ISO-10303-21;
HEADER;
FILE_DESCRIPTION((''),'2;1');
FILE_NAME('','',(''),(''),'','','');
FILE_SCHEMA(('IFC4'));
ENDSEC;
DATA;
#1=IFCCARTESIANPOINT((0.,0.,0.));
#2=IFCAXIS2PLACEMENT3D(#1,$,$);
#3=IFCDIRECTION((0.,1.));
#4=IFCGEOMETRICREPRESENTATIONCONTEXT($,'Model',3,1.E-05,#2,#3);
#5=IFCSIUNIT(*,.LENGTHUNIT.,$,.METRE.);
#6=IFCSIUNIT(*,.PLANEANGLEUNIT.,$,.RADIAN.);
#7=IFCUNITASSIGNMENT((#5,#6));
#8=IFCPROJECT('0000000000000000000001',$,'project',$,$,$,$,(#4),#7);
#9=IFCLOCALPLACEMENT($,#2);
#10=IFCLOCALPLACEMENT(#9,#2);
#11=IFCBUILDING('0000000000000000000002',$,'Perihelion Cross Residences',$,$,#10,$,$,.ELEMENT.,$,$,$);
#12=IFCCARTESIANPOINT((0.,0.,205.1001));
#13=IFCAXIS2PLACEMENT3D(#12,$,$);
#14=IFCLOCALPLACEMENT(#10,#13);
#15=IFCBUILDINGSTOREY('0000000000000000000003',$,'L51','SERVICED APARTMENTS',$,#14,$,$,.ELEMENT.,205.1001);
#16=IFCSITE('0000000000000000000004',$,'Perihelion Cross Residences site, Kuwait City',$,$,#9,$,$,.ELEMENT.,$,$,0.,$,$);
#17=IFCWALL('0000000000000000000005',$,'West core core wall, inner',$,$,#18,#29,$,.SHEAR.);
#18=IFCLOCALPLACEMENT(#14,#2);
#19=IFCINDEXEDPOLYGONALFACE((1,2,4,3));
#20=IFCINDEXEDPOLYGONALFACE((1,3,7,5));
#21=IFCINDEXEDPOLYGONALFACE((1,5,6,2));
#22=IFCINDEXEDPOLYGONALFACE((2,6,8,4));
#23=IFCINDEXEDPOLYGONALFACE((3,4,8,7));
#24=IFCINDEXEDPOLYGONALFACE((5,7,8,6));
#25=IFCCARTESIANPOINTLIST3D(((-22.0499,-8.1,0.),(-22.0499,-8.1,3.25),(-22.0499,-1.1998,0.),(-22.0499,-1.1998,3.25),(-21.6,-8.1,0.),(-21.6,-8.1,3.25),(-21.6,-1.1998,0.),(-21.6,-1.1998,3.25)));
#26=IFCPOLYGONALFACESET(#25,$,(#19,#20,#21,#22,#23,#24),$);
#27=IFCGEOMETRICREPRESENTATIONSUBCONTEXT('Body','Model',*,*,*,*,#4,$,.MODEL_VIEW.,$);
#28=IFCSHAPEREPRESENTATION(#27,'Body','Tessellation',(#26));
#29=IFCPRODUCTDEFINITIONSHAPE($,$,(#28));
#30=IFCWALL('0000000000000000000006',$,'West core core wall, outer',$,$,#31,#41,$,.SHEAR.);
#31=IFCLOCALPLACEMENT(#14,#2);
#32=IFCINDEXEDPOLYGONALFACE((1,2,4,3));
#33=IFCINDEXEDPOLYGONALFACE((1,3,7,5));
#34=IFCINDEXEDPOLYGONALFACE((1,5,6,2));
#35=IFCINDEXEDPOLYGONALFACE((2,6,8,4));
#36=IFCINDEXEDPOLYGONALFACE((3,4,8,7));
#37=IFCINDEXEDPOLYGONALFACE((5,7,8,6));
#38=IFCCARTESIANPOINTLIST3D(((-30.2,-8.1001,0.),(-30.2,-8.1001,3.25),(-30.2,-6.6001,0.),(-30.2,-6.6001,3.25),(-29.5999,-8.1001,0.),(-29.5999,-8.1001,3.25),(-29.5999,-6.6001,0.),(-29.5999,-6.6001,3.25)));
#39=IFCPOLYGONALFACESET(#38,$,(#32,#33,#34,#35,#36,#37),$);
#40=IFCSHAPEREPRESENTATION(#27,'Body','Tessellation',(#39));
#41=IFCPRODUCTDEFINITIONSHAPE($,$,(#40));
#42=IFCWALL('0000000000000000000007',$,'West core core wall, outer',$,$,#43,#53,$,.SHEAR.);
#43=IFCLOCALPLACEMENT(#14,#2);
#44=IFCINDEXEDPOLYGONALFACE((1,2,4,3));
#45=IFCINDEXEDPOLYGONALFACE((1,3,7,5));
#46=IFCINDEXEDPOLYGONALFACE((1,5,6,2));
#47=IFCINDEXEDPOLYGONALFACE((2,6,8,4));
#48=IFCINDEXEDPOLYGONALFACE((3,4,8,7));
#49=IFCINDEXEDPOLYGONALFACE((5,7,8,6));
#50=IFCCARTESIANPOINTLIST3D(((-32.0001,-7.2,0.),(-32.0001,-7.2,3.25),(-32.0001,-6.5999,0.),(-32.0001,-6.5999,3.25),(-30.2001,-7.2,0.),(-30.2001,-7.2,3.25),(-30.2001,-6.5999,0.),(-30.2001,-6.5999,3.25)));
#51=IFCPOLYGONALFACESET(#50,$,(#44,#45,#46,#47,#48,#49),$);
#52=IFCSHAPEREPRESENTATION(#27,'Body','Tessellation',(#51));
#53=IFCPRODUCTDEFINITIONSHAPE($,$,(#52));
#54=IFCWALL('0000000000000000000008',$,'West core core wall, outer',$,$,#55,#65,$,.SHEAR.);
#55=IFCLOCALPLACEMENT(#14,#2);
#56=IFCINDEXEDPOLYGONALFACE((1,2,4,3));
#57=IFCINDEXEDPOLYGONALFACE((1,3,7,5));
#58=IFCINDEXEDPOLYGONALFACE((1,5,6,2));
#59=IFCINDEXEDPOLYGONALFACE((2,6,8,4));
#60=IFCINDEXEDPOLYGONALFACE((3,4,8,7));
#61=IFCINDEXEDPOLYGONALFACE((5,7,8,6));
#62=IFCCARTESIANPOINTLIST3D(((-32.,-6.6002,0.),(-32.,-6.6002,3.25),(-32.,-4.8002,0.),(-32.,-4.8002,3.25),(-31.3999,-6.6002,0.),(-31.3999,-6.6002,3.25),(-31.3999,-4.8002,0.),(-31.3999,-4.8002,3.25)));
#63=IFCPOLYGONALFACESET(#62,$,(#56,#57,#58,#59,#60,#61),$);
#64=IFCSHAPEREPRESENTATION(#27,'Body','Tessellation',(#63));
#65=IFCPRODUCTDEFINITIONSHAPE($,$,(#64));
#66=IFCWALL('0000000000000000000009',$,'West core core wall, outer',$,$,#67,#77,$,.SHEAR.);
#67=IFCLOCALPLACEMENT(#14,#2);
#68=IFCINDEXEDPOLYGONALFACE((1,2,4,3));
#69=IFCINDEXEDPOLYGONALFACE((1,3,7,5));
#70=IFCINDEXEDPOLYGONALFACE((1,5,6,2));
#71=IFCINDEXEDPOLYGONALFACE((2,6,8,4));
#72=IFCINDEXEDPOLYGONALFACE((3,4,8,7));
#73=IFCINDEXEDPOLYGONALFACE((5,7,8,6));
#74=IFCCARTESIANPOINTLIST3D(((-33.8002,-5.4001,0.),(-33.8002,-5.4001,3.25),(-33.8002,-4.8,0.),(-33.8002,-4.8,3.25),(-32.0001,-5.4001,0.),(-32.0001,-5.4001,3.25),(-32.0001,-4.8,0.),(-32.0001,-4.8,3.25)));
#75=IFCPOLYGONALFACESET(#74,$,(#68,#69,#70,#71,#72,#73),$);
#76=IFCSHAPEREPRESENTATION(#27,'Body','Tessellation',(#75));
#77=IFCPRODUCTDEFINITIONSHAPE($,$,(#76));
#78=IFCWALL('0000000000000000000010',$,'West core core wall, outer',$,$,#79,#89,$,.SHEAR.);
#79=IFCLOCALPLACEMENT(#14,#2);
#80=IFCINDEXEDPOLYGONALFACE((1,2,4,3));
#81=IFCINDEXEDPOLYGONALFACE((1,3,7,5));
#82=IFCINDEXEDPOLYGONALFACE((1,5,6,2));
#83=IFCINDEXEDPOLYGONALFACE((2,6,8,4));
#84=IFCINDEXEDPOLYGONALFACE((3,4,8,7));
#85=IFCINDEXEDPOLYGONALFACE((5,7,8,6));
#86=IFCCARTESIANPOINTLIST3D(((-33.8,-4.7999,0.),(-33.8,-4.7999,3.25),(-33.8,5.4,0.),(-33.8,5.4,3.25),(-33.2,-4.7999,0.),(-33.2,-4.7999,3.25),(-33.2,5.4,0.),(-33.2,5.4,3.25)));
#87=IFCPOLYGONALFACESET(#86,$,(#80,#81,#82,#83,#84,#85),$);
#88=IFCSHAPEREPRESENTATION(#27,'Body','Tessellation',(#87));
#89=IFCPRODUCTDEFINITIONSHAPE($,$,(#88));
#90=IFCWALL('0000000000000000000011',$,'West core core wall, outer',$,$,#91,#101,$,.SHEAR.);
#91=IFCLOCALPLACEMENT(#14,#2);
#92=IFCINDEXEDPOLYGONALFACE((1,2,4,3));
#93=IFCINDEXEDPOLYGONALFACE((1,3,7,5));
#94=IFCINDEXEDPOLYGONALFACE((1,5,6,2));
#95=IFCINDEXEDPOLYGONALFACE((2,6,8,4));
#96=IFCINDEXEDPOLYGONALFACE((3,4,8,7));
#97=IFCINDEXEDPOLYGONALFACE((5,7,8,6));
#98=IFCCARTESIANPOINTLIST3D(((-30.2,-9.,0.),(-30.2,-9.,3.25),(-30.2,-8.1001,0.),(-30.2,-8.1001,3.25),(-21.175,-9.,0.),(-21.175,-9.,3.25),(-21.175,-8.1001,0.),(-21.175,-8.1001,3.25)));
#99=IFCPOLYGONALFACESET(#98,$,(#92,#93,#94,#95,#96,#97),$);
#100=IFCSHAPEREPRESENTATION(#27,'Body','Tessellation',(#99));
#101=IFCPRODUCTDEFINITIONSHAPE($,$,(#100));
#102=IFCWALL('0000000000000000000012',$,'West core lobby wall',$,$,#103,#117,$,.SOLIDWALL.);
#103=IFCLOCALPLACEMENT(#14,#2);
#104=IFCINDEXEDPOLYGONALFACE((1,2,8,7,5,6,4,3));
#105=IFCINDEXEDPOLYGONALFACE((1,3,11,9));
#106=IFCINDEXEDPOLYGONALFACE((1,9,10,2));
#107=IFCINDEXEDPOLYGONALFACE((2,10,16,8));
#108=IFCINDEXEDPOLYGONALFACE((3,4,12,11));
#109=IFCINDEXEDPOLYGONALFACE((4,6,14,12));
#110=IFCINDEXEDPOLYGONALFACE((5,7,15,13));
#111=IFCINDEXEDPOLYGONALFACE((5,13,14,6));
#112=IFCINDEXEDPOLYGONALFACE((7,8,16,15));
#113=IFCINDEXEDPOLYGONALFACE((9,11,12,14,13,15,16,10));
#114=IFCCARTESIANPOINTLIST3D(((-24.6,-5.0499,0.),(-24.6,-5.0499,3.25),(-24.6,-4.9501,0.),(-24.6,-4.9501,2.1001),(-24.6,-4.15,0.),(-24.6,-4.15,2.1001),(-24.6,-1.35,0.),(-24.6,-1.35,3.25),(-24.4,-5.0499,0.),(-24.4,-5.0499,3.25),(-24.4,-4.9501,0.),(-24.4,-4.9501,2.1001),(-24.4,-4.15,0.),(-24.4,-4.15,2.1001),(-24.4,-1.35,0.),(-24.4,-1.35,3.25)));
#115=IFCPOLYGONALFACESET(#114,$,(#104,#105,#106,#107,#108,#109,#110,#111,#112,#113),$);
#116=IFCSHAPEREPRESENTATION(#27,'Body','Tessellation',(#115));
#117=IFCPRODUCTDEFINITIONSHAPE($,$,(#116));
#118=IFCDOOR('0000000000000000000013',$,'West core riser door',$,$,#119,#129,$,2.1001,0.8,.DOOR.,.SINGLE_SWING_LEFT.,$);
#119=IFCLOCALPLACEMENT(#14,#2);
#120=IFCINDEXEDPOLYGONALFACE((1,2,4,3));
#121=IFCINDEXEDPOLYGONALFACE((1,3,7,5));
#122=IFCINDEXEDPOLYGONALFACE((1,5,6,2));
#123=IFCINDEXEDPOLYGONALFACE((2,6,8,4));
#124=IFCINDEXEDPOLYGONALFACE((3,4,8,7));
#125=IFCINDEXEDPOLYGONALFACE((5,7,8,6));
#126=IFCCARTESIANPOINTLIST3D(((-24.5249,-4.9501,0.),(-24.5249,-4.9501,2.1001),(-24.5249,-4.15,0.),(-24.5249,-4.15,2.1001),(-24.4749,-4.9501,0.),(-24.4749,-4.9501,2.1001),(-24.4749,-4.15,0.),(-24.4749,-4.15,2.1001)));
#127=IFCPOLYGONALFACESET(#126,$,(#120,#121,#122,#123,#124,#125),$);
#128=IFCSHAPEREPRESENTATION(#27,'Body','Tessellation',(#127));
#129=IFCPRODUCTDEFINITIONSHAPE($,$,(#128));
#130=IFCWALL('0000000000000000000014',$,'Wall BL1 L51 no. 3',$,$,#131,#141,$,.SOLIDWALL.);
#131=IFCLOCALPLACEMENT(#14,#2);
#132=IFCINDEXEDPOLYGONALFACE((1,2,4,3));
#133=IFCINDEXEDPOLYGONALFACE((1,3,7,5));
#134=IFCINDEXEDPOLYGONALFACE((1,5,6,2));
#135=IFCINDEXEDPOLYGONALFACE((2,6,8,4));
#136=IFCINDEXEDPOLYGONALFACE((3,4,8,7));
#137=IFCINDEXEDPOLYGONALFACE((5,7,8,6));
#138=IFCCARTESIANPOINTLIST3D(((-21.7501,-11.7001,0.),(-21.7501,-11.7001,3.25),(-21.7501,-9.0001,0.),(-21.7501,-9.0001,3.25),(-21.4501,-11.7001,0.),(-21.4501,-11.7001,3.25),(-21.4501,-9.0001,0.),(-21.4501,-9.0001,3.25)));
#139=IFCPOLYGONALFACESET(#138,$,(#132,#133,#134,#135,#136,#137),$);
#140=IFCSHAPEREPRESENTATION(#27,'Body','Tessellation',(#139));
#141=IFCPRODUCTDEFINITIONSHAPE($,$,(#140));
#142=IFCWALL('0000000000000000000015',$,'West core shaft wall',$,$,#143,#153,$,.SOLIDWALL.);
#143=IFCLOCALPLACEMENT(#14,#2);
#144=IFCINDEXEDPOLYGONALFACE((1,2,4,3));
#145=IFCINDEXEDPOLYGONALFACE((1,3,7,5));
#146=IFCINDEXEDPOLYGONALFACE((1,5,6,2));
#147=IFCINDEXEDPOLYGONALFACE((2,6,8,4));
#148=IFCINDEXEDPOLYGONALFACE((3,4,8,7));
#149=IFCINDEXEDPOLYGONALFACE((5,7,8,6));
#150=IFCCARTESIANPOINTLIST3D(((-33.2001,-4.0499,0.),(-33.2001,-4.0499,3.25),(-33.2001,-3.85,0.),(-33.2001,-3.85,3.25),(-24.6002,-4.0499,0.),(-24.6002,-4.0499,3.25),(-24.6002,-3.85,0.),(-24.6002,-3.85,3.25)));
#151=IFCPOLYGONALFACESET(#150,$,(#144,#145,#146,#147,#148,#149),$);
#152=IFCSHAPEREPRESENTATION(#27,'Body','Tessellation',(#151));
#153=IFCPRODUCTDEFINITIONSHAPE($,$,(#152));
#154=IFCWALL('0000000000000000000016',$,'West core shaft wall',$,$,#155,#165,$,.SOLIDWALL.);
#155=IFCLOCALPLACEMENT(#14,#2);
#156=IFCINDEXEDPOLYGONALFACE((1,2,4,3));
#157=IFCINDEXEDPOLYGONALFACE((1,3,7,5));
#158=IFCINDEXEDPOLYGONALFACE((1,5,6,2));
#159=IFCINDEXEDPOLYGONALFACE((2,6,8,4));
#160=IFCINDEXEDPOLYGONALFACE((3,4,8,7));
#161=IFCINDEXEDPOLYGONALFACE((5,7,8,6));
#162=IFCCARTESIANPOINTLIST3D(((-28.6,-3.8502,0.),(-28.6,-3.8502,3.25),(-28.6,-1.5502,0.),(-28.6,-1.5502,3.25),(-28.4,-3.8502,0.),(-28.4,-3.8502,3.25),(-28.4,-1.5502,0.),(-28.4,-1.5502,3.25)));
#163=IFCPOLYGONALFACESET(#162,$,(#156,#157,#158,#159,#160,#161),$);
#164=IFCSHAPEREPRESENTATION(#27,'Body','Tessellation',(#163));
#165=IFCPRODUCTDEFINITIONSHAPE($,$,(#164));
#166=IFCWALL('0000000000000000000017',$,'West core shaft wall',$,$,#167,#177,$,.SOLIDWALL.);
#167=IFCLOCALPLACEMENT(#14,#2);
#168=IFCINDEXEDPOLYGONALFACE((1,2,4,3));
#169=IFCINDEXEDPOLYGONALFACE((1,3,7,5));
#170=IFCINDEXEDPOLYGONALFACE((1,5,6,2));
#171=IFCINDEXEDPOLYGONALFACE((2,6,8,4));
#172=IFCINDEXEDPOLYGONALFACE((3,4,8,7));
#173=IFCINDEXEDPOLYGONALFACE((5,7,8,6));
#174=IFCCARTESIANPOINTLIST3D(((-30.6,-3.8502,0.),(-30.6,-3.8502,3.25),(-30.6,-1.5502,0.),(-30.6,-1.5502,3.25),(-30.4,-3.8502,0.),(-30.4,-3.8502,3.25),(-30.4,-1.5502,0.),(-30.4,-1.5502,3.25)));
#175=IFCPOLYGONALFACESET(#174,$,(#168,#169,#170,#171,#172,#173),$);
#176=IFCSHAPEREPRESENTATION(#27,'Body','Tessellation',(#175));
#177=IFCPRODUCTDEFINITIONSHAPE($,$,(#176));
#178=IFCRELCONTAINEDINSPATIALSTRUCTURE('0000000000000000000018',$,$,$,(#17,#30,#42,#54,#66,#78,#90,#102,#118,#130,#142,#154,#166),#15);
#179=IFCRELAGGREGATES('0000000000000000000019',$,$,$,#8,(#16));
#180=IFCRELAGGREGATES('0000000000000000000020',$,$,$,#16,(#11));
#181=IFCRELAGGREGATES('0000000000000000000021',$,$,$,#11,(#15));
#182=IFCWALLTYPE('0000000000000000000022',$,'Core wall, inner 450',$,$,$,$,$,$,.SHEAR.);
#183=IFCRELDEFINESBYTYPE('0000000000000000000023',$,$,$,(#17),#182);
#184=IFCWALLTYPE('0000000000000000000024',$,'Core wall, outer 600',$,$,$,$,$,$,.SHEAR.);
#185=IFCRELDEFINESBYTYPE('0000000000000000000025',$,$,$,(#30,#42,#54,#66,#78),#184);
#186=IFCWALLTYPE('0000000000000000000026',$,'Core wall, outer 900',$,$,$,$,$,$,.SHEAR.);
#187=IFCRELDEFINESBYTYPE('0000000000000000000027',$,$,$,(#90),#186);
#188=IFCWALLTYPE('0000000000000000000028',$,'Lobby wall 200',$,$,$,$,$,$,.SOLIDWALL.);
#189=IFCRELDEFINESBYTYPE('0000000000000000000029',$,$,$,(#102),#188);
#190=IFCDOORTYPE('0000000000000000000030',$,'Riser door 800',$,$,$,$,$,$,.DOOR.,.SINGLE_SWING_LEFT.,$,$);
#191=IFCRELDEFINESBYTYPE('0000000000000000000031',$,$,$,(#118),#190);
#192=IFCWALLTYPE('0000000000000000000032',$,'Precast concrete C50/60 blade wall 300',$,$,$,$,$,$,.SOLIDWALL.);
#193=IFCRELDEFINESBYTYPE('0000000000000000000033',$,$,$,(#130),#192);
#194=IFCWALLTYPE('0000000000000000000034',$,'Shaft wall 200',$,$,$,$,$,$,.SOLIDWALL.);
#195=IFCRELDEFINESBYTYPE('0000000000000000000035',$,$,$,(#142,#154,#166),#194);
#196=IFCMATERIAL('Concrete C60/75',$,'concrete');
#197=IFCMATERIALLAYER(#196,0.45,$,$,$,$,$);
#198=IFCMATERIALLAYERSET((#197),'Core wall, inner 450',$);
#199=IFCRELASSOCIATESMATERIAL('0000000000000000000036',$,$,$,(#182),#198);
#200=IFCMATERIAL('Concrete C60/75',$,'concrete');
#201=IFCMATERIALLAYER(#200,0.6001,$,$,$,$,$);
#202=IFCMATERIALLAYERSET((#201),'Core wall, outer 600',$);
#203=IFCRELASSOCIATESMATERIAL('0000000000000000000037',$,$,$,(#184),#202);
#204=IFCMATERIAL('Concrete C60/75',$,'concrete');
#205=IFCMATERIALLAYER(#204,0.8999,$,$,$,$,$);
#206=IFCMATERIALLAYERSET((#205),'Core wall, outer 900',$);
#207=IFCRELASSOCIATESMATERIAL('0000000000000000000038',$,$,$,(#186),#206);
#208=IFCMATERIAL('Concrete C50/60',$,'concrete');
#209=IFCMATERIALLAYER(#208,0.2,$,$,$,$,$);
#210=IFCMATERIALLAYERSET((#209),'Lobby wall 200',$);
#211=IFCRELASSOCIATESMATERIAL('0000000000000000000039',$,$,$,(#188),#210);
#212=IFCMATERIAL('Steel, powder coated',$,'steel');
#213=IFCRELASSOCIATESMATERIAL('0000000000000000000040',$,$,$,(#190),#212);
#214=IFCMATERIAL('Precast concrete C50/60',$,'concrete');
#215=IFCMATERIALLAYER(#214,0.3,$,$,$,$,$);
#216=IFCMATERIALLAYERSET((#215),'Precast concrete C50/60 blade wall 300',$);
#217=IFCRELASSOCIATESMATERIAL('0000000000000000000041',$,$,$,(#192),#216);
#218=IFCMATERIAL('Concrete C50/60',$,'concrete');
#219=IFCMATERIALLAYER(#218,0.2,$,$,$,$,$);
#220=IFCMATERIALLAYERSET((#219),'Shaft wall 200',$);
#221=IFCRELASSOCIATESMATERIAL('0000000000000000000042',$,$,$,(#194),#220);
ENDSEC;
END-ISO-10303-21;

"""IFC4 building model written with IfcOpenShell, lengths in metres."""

from ifc_helpers import new_model, si_unit, direction, frame, frame_2d, origin, place, context, subcontext, project, spatial, rectangle, extrude, material, layer, layer_set, type_object, element, fill, save


model = new_model("IFC4")

# Units and contexts
model_context = context("Model", 3, precision=1e-05, world=origin(), true_north=direction((0.0, 1.0)))
body_context = subcontext(model_context, "Body", "Model", "MODEL_VIEW")
ifc_project = project(units=[si_unit("LENGTHUNIT", "METRE"), si_unit("PLANEANGLEUNIT", "RADIAN")], contexts=[model_context])

# Site, building, storey
site_placement = place(None, origin())
site = spatial("IfcSite", under=ifc_project, at=site_placement, Name="Perihelion Cross Residences site, Kuwait City", CompositionType="ELEMENT", RefElevation=0.0)
building_placement = place(site_placement, origin())
building = spatial("IfcBuilding", under=site, at=building_placement, Name="Perihelion Cross Residences", CompositionType="ELEMENT")
storey_placement = place(building_placement, frame((0.0, 0.0, 205.1001)))
storey = spatial("IfcBuildingStorey", under=building, at=storey_placement, Name="L51", Description="SERVICED APARTMENTS", CompositionType="ELEMENT", Elevation=205.1001)

# Walls
ifc_material_1 = material(Name="Concrete C60/75", Category="concrete")
ifc_layer_1 = layer(ifc_material_1, 0.45)
ifc_layer_set_1 = layer_set([ifc_layer_1], Name="Core wall, inner 450")
wall_type_1 = type_object("IfcWallType", Name="Core wall, inner 450", PredefinedType="SHEAR", material=ifc_layer_set_1)
wall_1_placement = place(storey_placement, frame((-21.825, -8.1001, 0.0), z_axis=(0.0, 0.0, 1.0), x_axis=(0.0, 1.0, 0.0)))
element("IfcWall", 1, at=wall_1_placement, inside=storey, type_object=wall_type_1, Name="West core core wall, inner", PredefinedType="SHEAR", context=body_context, shape_type="SweptSolid", body=[
    extrude(rectangle(XDim=6.9001, YDim=0.45, at=frame_2d((3.4502, 0.0))), origin(), (0.0, 0.0, 1.0), 3.25),
])
ifc_material_2 = material(Name="Concrete C60/75", Category="concrete")
ifc_layer_2 = layer(ifc_material_2, 0.6001)
ifc_layer_set_2 = layer_set([ifc_layer_2], Name="Core wall, outer 600")
wall_type_2 = type_object("IfcWallType", Name="Core wall, outer 600", PredefinedType="SHEAR", material=ifc_layer_set_2)
wall_2_placement = place(storey_placement, frame((-29.8999, -8.1001, 0.0), z_axis=(0.0, 0.0, 1.0), x_axis=(0.0, 1.0, 0.0)))
element("IfcWall", 2, at=wall_2_placement, inside=storey, type_object=wall_type_2, Name="West core core wall, outer", PredefinedType="SHEAR", context=body_context, shape_type="SweptSolid", body=[
    extrude(rectangle(XDim=1.5, YDim=0.6001, at=frame_2d((0.75, 0.0))), origin(), (0.0, 0.0, 1.0), 3.25),
])
for number, where, z_axis, x_axis, name in (
    (3, (-32.0, -6.8999, 0.0), (0.0, 0.0, 1.0), (1.0, 0.0, 0.0), "West core core wall, outer"),
    (4, (-31.7, -6.6001, 0.0), (0.0, 0.0, 1.0), (0.0, 1.0, 0.0), "West core core wall, outer"),
    (5, (-33.8, -5.1001, 0.0), (0.0, 0.0, 1.0), (1.0, 0.0, 0.0), "West core core wall, outer"),
):
    element("IfcWall", number, at=place(storey_placement, frame(where, z_axis=z_axis, x_axis=x_axis)), inside=storey, type_object=wall_type_2, Name=name, PredefinedType="SHEAR", context=body_context, shape_type="SweptSolid", body=[
        extrude(rectangle(XDim=1.8, YDim=0.6001, at=frame_2d((0.8999, 0.0))), origin(), (0.0, 0.0, 1.0), 3.25),
    ])
wall_3_placement = place(storey_placement, frame((-33.5, -4.8, 0.0), z_axis=(0.0, 0.0, 1.0), x_axis=(0.0, 1.0, 0.0)))
element("IfcWall", 6, at=wall_3_placement, inside=storey, type_object=wall_type_2, Name="West core core wall, outer", PredefinedType="SHEAR", context=body_context, shape_type="SweptSolid", body=[
    extrude(rectangle(XDim=10.2, YDim=0.6001, at=frame_2d((5.1001, 0.0))), origin(), (0.0, 0.0, 1.0), 3.25),
])
ifc_material_3 = material(Name="Concrete C60/75", Category="concrete")
ifc_layer_3 = layer(ifc_material_3, 0.8999)
ifc_layer_set_3 = layer_set([ifc_layer_3], Name="Core wall, outer 900")
wall_type_3 = type_object("IfcWallType", Name="Core wall, outer 900", PredefinedType="SHEAR", material=ifc_layer_set_3)
wall_4_placement = place(storey_placement, frame((-30.2, -8.55, 0.0), z_axis=(0.0, 0.0, 1.0), x_axis=(1.0, 0.0, 0.0)))
element("IfcWall", 7, at=wall_4_placement, inside=storey, type_object=wall_type_3, Name="West core core wall, outer", PredefinedType="SHEAR", context=body_context, shape_type="SweptSolid", body=[
    extrude(rectangle(XDim=9.0249, YDim=0.8999, at=frame_2d((4.5125, 0.0))), origin(), (0.0, 0.0, 1.0), 3.25),
])

# Wall, opening, door
ifc_material_4 = material(Name="Concrete C50/60", Category="concrete")
ifc_layer_4 = layer(ifc_material_4, 0.2)
ifc_layer_set_4 = layer_set([ifc_layer_4], Name="Lobby wall 200")
wall_type_4 = type_object("IfcWallType", Name="Lobby wall 200", PredefinedType="SOLIDWALL", material=ifc_layer_set_4)
wall_5_placement = place(storey_placement, frame((-24.5, -5.05, 0.0), z_axis=(0.0, 0.0, 1.0), x_axis=(0.0, 1.0, 0.0)))
wall_5 = element("IfcWall", 8, at=wall_5_placement, inside=storey, type_object=wall_type_4, Name="West core lobby wall", PredefinedType="SOLIDWALL", context=body_context, shape_type="SweptSolid", body=[
    extrude(rectangle(XDim=3.7, YDim=0.2, at=frame_2d((1.8501, 0.0))), origin(), (0.0, 0.0, 1.0), 3.25),
])
opening_1_placement = place(wall_5_placement, frame((0.1001, 0.0, 0.0)))
opening_1 = element("IfcOpeningElement", 9, at=opening_1_placement, cuts=wall_5, PredefinedType="OPENING", context=body_context, shape_type="SweptSolid", body=[
    extrude(rectangle(XDim=0.8, YDim=2.1001, at=frame_2d((0.3999, 1.05))), frame((0.0, 0.1099, 0.0), z_axis=(0.0, -1.0, 0.0), x_axis=(1.0, 0.0, 0.0)), (0.0, 0.0, 1.0), 0.22),
])
ifc_material_5 = material(Name="Steel, powder coated", Category="steel")
door_type_1 = type_object("IfcDoorType", Name="Riser door 800", OperationType="SINGLE_SWING_LEFT", PredefinedType="DOOR", material=ifc_material_5)
door_1_placement = place(opening_1_placement, origin())
door_1 = element("IfcDoor", 10, at=door_1_placement, inside=storey, type_object=door_type_1, Name="West core riser door", OperationType="SINGLE_SWING_LEFT", OverallHeight=2.1001, OverallWidth=0.8, PredefinedType="DOOR", context=body_context, shape_type="SweptSolid", body=[
    extrude(rectangle(XDim=0.8, YDim=2.1001, at=frame_2d((0.3999, 1.05))), frame((0.0, 0.0249, 0.0), z_axis=(0.0, -1.0, 0.0), x_axis=(1.0, 0.0, 0.0)), (0.0, 0.0, 1.0), 0.05),
])
fill(opening_1, door_1)

# Walls
ifc_material_6 = material(Name="Precast concrete C50/60", Category="concrete")
ifc_layer_5 = layer(ifc_material_6, 0.3)
ifc_layer_set_5 = layer_set([ifc_layer_5], Name="Precast concrete C50/60 blade wall 300")
wall_type_5 = type_object("IfcWallType", Name="Precast concrete C50/60 blade wall 300", PredefinedType="SOLIDWALL", material=ifc_layer_set_5)
wall_6_placement = place(storey_placement, frame((-21.6001, -9.0, 0.0), z_axis=(0.0, 0.0, 1.0), x_axis=(0.0, -1.0, 0.0)))
element("IfcWall", 11, at=wall_6_placement, inside=storey, type_object=wall_type_5, Name="Wall BL1 L51 no. 3", PredefinedType="SOLIDWALL", context=body_context, shape_type="SweptSolid", body=[
    extrude(rectangle(XDim=2.7, YDim=0.3, at=frame_2d((1.3501, 0.0))), origin(), (0.0, 0.0, 1.0), 3.25),
])
ifc_material_7 = material(Name="Concrete C50/60", Category="concrete")
ifc_layer_6 = layer(ifc_material_7, 0.2)
ifc_layer_set_6 = layer_set([ifc_layer_6], Name="Shaft wall 200")
wall_type_6 = type_object("IfcWallType", Name="Shaft wall 200", PredefinedType="SOLIDWALL", material=ifc_layer_set_6)
wall_7_placement = place(storey_placement, frame((-33.2, -3.95, 0.0), z_axis=(0.0, 0.0, 1.0), x_axis=(1.0, 0.0, 0.0)))
element("IfcWall", 12, at=wall_7_placement, inside=storey, type_object=wall_type_6, Name="West core shaft wall", PredefinedType="SOLIDWALL", context=body_context, shape_type="SweptSolid", body=[
    extrude(rectangle(XDim=8.5999, YDim=0.2, at=frame_2d((4.2998, 0.0))), origin(), (0.0, 0.0, 1.0), 3.25),
])
for number, where, z_axis, x_axis, name in (
    (13, (-28.5, -3.8501, 0.0), (0.0, 0.0, 1.0), (0.0, 1.0, 0.0), "West core shaft wall"),
    (14, (-30.5, -3.8501, 0.0), (0.0, 0.0, 1.0), (0.0, 1.0, 0.0), "West core shaft wall"),
):
    element("IfcWall", number, at=place(storey_placement, frame(where, z_axis=z_axis, x_axis=x_axis)), inside=storey, type_object=wall_type_6, Name=name, PredefinedType="SOLIDWALL", context=body_context, shape_type="SweptSolid", body=[
        extrude(rectangle(XDim=2.3, YDim=0.2, at=frame_2d((1.1499, 0.0))), origin(), (0.0, 0.0, 1.0), 3.25),
    ])

save(model, "model.ifc")
